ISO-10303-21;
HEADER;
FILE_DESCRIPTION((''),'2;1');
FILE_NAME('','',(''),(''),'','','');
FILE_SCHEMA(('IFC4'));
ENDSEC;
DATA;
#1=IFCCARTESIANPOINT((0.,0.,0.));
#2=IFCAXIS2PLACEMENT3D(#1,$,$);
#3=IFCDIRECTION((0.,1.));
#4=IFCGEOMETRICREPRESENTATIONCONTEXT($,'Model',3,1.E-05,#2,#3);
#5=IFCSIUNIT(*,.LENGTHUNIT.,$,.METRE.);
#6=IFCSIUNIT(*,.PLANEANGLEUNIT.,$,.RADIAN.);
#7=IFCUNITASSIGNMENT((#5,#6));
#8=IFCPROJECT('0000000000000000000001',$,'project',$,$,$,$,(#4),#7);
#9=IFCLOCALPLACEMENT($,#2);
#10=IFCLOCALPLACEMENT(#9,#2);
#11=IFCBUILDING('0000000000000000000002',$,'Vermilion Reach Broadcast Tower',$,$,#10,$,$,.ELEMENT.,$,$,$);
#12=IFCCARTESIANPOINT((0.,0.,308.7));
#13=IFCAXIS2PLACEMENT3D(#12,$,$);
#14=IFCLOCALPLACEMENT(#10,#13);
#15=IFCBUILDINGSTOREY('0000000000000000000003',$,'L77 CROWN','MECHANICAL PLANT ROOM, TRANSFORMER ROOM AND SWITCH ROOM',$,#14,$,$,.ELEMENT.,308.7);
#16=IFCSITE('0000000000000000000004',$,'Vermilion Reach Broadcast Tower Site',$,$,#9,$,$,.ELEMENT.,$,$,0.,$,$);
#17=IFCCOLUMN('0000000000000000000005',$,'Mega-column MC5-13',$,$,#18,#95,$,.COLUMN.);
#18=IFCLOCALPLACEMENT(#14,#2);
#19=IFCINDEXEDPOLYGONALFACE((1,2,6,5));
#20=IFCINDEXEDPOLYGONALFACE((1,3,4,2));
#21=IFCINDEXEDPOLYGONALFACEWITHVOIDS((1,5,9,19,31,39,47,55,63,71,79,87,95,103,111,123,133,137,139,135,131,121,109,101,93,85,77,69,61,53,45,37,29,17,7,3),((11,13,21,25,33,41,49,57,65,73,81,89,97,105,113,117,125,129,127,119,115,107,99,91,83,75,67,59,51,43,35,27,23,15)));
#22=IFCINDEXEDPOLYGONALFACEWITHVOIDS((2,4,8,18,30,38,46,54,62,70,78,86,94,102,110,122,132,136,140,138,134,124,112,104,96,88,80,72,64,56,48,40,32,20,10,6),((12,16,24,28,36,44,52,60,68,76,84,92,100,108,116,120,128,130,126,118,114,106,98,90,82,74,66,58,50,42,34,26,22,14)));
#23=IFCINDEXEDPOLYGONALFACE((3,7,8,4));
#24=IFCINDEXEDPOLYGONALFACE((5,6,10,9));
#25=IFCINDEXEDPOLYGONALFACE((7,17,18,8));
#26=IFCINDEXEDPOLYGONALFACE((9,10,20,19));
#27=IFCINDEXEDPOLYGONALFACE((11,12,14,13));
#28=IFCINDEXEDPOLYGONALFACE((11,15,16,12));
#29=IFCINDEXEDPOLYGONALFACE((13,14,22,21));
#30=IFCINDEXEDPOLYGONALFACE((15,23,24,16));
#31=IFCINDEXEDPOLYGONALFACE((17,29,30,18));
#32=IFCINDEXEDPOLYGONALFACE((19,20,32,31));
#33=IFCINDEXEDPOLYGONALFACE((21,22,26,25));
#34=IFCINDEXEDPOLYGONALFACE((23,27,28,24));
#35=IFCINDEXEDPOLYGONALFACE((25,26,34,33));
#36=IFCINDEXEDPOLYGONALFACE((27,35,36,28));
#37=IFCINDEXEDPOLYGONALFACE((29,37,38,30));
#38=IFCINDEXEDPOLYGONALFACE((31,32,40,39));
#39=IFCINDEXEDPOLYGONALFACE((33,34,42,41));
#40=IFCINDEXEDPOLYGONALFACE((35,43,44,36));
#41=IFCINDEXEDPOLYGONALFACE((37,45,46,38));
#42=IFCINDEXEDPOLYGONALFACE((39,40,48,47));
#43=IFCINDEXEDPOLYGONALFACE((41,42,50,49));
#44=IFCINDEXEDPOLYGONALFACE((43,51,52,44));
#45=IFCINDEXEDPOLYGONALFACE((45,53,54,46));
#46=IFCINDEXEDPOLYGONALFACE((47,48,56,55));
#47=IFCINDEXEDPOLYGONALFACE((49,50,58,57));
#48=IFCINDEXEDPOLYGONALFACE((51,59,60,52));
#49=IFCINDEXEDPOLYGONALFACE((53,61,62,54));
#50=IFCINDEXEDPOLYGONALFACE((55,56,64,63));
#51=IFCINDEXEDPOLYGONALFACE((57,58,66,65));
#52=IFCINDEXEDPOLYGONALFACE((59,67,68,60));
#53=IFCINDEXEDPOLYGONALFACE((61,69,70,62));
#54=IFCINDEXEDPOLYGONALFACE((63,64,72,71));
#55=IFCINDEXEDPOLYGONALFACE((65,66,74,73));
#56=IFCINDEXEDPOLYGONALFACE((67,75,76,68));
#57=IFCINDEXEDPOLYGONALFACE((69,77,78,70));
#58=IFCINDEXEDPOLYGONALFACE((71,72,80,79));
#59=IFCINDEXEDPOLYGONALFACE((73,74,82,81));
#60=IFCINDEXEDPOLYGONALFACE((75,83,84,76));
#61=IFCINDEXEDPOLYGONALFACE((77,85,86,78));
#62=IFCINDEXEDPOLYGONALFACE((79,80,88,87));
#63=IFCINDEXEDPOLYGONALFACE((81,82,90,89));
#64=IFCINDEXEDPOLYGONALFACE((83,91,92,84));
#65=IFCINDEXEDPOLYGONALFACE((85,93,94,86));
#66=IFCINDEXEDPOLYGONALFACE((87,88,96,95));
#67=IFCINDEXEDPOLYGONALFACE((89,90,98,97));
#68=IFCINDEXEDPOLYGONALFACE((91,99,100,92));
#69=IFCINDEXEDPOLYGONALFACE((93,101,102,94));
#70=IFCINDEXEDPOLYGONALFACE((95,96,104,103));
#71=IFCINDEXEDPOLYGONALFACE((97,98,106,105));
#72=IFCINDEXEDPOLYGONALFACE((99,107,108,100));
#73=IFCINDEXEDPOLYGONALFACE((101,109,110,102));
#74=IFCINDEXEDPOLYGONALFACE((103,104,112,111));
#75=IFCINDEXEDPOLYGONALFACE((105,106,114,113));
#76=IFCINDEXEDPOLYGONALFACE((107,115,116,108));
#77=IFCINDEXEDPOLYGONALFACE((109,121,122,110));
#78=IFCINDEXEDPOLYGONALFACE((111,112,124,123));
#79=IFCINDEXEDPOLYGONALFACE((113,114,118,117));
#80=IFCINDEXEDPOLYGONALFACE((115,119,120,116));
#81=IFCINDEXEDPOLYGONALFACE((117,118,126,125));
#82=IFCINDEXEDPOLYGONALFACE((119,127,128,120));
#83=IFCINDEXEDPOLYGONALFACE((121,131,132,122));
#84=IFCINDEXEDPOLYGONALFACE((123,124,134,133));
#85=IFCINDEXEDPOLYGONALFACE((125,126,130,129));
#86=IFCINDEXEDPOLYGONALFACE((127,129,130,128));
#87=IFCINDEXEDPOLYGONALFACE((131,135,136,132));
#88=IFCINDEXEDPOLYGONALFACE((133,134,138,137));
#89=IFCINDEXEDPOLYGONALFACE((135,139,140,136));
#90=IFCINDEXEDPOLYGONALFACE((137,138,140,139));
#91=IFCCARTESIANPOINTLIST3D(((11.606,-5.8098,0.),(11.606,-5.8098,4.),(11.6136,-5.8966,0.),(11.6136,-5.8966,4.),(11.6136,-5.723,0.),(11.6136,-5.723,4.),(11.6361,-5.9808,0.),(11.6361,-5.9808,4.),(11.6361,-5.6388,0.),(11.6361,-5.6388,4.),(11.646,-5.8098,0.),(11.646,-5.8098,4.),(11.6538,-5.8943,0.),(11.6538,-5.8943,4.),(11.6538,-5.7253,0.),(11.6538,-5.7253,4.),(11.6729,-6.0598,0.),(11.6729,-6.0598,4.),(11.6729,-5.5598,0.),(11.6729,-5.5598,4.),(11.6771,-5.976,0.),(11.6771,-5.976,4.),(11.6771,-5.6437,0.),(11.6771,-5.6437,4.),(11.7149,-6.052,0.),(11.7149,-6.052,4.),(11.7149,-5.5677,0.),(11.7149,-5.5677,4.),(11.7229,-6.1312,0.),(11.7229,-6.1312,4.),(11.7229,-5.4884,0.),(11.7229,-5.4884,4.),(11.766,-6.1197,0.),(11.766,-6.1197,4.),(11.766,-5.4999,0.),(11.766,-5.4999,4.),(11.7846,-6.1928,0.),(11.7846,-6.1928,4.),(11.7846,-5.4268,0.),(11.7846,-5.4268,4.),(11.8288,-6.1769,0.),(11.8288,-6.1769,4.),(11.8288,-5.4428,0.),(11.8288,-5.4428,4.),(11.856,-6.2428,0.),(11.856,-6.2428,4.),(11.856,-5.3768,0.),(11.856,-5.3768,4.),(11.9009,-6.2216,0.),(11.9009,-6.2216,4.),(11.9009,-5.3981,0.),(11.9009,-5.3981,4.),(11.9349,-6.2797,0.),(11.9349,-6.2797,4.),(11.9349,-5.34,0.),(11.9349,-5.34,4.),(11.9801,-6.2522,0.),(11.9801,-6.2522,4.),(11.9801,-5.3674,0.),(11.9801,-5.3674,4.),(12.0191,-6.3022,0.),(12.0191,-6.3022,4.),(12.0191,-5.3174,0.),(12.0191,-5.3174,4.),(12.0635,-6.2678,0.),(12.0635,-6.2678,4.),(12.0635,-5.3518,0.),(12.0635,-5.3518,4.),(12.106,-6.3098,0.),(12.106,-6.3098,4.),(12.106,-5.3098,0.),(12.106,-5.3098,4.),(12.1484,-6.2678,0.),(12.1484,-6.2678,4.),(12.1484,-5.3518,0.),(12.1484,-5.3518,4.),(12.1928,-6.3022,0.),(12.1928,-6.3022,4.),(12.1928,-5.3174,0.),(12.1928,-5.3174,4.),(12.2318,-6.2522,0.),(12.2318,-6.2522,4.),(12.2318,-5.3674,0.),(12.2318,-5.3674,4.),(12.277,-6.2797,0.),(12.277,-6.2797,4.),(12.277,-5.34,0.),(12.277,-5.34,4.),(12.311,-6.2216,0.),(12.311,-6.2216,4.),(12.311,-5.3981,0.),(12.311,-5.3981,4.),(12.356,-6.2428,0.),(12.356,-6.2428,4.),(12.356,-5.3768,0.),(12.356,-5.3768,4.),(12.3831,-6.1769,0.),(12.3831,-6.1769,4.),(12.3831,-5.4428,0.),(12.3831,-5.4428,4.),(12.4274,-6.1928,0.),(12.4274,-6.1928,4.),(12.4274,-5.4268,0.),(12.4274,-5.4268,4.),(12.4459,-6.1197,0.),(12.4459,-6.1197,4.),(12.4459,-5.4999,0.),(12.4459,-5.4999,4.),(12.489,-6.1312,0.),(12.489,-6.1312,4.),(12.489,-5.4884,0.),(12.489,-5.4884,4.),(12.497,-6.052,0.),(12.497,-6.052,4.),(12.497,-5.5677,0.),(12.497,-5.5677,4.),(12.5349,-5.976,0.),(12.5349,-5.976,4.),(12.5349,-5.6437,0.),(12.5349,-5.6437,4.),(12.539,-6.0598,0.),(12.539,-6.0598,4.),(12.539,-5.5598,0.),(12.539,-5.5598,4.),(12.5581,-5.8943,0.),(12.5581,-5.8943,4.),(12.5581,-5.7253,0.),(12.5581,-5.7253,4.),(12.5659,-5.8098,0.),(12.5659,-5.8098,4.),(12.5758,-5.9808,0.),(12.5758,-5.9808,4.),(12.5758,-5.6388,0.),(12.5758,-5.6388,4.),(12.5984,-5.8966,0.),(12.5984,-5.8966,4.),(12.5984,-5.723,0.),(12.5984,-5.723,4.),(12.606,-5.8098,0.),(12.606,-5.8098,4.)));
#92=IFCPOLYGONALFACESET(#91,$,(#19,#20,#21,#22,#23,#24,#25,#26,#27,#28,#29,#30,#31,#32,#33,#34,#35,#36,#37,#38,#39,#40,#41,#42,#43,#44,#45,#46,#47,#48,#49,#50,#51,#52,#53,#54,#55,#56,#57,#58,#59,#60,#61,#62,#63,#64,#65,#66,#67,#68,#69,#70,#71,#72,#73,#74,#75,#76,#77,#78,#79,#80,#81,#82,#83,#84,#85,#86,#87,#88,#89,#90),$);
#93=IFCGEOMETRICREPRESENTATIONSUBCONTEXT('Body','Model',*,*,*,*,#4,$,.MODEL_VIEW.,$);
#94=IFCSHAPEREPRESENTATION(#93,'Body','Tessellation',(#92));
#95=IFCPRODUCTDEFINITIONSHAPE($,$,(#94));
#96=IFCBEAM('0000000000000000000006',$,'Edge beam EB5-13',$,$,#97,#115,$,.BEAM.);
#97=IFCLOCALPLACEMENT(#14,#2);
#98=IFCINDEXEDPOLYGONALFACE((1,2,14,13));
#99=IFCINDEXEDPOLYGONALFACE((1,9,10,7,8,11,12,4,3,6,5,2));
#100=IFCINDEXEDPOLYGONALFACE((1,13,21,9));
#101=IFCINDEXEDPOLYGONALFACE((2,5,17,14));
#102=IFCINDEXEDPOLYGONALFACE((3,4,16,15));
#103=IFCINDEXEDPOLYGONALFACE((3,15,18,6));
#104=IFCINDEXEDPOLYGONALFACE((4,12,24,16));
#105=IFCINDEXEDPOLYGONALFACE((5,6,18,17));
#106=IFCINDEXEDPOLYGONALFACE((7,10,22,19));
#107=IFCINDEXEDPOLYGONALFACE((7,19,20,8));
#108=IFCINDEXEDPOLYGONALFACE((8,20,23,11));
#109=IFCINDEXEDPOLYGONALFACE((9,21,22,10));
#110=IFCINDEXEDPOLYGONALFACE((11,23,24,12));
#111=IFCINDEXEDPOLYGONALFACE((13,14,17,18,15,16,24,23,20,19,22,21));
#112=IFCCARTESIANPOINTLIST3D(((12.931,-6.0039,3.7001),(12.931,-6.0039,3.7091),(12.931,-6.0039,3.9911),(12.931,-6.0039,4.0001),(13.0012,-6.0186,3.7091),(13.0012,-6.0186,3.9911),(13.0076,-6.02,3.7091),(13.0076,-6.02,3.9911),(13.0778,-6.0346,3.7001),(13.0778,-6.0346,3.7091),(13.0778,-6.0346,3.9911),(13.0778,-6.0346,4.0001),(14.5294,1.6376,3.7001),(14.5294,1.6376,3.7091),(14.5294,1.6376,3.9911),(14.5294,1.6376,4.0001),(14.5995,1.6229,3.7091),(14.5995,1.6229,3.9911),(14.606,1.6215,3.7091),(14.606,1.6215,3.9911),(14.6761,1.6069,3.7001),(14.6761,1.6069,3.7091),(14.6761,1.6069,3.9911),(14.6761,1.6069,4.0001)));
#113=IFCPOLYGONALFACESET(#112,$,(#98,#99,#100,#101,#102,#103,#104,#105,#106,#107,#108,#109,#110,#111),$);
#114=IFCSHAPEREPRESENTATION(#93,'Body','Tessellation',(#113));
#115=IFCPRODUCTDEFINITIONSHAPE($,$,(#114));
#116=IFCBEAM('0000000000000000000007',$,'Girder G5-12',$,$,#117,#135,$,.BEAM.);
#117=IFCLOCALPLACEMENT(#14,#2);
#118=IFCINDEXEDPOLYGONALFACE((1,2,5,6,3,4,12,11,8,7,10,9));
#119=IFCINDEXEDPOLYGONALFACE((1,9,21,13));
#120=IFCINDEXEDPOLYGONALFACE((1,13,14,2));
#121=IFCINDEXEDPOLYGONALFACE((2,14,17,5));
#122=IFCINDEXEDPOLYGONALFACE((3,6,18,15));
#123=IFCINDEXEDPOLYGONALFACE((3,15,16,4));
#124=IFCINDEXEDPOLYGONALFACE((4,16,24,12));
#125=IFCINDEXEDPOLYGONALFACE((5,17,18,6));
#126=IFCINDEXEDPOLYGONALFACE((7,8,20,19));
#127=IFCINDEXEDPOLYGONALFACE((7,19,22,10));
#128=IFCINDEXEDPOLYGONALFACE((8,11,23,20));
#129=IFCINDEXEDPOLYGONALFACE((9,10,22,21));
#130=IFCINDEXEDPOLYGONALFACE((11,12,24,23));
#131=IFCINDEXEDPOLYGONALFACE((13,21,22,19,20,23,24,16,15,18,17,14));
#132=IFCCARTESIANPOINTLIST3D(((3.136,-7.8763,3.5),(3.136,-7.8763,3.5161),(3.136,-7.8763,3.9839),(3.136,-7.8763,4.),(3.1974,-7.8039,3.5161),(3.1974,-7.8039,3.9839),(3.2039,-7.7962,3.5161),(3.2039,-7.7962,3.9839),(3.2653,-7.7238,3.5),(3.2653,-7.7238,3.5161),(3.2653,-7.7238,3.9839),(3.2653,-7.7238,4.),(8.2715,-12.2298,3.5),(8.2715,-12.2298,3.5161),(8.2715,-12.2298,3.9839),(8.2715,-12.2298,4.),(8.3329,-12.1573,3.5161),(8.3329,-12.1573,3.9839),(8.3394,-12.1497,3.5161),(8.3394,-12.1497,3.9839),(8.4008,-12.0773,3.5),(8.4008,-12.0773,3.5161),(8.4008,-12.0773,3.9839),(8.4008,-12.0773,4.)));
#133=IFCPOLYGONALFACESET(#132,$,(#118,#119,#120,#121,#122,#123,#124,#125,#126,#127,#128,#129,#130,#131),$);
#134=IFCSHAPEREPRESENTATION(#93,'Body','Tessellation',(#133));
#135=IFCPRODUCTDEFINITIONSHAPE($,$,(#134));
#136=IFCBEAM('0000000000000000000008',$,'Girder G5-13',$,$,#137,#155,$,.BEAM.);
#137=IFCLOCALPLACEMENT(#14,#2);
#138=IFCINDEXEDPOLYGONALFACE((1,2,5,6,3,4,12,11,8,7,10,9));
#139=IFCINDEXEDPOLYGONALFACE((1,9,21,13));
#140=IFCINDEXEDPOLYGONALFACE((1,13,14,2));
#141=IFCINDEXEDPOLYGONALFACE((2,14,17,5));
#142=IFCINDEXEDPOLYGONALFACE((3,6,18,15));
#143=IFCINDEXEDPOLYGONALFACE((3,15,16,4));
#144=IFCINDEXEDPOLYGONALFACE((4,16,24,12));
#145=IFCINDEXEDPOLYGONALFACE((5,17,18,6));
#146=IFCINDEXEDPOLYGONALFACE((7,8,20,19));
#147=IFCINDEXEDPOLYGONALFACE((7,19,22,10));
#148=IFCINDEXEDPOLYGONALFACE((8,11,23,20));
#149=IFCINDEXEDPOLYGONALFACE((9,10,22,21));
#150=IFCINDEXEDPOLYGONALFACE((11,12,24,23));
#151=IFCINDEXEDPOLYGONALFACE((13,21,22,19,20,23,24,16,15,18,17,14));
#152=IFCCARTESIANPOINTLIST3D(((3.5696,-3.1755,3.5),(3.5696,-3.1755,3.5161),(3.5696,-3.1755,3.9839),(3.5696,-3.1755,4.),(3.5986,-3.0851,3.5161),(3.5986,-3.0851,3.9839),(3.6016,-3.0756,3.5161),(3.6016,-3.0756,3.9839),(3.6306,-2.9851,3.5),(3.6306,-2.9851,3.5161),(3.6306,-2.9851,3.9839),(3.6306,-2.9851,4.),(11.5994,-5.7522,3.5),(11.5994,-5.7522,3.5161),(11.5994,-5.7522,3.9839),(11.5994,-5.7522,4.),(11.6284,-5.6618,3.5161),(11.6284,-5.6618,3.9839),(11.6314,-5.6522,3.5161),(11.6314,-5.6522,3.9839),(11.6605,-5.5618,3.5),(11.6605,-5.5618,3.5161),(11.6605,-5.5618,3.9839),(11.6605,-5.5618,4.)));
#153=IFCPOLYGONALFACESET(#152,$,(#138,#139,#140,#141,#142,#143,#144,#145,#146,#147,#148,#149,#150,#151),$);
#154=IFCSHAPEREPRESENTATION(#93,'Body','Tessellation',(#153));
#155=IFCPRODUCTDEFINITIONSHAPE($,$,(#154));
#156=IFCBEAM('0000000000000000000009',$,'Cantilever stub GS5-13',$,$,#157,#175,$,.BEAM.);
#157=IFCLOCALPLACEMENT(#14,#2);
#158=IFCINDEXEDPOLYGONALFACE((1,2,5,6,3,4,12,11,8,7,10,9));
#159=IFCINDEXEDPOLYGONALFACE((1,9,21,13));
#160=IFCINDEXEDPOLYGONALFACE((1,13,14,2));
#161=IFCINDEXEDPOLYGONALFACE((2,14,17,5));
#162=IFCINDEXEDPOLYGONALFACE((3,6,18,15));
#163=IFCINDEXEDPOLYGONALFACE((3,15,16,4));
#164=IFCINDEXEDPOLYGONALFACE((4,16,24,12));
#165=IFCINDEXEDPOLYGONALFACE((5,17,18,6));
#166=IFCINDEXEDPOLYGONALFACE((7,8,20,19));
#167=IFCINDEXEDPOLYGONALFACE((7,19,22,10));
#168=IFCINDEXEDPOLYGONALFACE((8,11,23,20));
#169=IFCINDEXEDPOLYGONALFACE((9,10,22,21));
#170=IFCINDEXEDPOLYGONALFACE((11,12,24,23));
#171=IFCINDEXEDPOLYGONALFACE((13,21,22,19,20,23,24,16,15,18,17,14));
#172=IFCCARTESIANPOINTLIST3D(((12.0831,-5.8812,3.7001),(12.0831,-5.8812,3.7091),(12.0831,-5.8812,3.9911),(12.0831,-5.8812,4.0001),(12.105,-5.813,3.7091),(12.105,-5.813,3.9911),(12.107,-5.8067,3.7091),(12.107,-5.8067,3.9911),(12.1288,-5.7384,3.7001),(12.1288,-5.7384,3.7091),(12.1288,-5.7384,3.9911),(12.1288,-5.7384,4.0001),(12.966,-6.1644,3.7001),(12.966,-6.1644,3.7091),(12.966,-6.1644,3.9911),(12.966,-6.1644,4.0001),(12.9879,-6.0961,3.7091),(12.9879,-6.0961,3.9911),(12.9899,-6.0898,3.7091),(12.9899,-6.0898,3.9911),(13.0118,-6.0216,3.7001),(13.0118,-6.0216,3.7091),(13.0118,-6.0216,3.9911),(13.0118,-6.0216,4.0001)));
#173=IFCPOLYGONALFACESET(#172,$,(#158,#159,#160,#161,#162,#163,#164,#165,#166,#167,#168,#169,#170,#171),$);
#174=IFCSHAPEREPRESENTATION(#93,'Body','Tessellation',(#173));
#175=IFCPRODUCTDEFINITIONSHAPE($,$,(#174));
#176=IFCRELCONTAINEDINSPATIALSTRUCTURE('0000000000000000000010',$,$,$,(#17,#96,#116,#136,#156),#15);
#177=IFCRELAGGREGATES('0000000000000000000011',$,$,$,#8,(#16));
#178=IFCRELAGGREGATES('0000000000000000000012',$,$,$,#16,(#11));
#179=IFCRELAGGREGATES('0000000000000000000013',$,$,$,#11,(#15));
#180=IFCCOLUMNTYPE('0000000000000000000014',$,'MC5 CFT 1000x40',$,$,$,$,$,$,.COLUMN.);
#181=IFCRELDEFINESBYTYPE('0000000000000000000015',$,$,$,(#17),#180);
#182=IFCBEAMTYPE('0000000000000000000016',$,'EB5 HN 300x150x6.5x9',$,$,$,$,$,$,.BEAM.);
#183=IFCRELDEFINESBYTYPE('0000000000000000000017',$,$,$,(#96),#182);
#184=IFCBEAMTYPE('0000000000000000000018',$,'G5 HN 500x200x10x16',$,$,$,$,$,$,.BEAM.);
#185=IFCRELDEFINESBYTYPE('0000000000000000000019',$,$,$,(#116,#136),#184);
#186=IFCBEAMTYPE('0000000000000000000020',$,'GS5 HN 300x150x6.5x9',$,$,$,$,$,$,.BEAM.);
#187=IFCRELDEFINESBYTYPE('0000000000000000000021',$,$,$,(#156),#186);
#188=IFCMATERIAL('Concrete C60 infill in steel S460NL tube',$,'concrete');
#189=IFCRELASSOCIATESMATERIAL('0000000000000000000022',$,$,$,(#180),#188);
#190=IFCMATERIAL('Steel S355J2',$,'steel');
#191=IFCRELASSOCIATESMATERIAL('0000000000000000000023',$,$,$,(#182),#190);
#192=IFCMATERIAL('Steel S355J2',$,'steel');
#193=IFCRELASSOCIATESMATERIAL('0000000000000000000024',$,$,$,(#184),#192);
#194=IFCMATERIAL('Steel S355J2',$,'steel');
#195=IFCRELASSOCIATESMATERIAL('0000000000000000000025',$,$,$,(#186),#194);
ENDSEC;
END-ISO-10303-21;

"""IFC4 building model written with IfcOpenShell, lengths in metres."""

from ifc_helpers import new_model, si_unit, direction, frame, origin, origin_2d, place, context, subcontext, project, spatial, hollow_circle, i_section, extrude, material, material_profile, profile_set, type_object, element, save


model = new_model("IFC4")

# Units and contexts
model_context = context("Model", 3, precision=1e-05, world=origin(), true_north=direction((0.0, 1.0)))
body_context = subcontext(model_context, "Body", "Model", "MODEL_VIEW")
ifc_project = project(units=[si_unit("LENGTHUNIT", "METRE"), si_unit("PLANEANGLEUNIT", "RADIAN")], contexts=[model_context])

# Site, building, storey
site_placement = place(None, origin())
site = spatial("IfcSite", under=ifc_project, at=site_placement, Name="Vermilion Reach Broadcast Tower Site", CompositionType="ELEMENT", RefElevation=0.0)
building_placement = place(site_placement, origin())
building = spatial("IfcBuilding", under=site, at=building_placement, Name="Vermilion Reach Broadcast Tower", CompositionType="ELEMENT")
storey_placement = place(building_placement, frame((0.0, 0.0, 308.7)))
storey = spatial("IfcBuildingStorey", under=building, at=storey_placement, Name="L77 CROWN", Description="MECHANICAL PLANT ROOM, TRANSFORMER ROOM AND SWITCH ROOM", CompositionType="ELEMENT", Elevation=308.7)

# Column
ifc_material_1 = material(Name="Concrete C60 infill in steel S460NL tube", Category="concrete")
ifc_material_profile_1 = material_profile(ifc_material_1, hollow_circle(Radius=0.5, WallThickness=0.04, at=origin_2d()), Name="Concrete C60 infill in steel S460NL tube CFT 1000x40")
ifc_profile_set_1 = profile_set([ifc_material_profile_1], Name="Concrete C60 infill in steel S460NL tube")
column_type = type_object("IfcColumnType", Name="MC5 CFT 1000x40", PredefinedType="COLUMN", material=ifc_profile_set_1)
column_placement = place(storey_placement, frame((12.106, -5.8098, 0.0), z_axis=(0.0, 0.0, 1.0), x_axis=(1.0, 0.0, 0.0)))
element("IfcColumn", 1, at=column_placement, inside=storey, type_object=column_type, Name="Mega-column MC5-13", PredefinedType="COLUMN", context=body_context, shape_type="SweptSolid", body=[
    extrude(hollow_circle(Radius=0.5, WallThickness=0.04, at=origin_2d()), origin(), (0.0, 0.0, 1.0), 4.0),
])

# Beams
ifc_material_2 = material(Name="Steel S355J2", Category="steel")
ifc_material_profile_2 = material_profile(ifc_material_2, i_section(OverallWidth=0.1499, OverallDepth=0.3, WebThickness=0.0066, FlangeThickness=0.009, at=origin_2d()), Name="S355J2 HN 300x150x6.5x9")
ifc_profile_set_2 = profile_set([ifc_material_profile_2], Name="Steel S355J2")
beam_type_1 = type_object("IfcBeamType", Name="EB5 HN 300x150x6.5x9", PredefinedType="BEAM", material=ifc_profile_set_2)
beam_1_placement = place(storey_placement, frame((13.0044, -6.0193, 3.8501), z_axis=(0.204738, 0.978817, 0.0), x_axis=(-0.978817, 0.204738, 0.0)))
element("IfcBeam", 2, at=beam_1_placement, inside=storey, type_object=beam_type_1, Name="Edge beam EB5-13", PredefinedType="BEAM", context=body_context, shape_type="SweptSolid", body=[
    extrude(i_section(OverallWidth=0.1499, OverallDepth=0.3, WebThickness=0.0066, FlangeThickness=0.009, at=origin_2d()), origin(), (0.0, 0.0, 1.0), 7.8069),
])
ifc_material_3 = material(Name="Steel S355J2", Category="steel")
ifc_material_profile_3 = material_profile(ifc_material_3, i_section(OverallWidth=0.2, OverallDepth=0.5, WebThickness=0.01, FlangeThickness=0.0161, at=origin_2d()), Name="S355J2 HN 500x200x10x16")
ifc_profile_set_3 = profile_set([ifc_material_profile_3], Name="Steel S355J2")
beam_type_2 = type_object("IfcBeamType", Name="G5 HN 500x200x10x16", PredefinedType="BEAM", material=ifc_profile_set_3)
beam_2_placement = place(storey_placement, frame((3.2007, -7.8, 3.75), z_axis=(0.762793, -0.646643, 0.0), x_axis=(0.646643, 0.762793, 0.0)))
element("IfcBeam", 3, at=beam_2_placement, inside=storey, type_object=beam_type_2, Name="Girder G5-12", PredefinedType="BEAM", context=body_context, shape_type="SweptSolid", body=[
    extrude(i_section(OverallWidth=0.2, OverallDepth=0.5, WebThickness=0.01, FlangeThickness=0.0161, at=origin_2d()), origin(), (0.0, 0.0, 1.0), 6.7324),
])
beam_3_placement = place(storey_placement, frame((3.6001, -3.0803, 3.75), z_axis=(0.952178, -0.305542, 0.0), x_axis=(0.305542, 0.952178, 0.0)))
element("IfcBeam", 4, at=beam_3_placement, inside=storey, type_object=beam_type_2, Name="Girder G5-13", PredefinedType="BEAM", context=body_context, shape_type="SweptSolid", body=[
    extrude(i_section(OverallWidth=0.2, OverallDepth=0.5, WebThickness=0.01, FlangeThickness=0.0161, at=origin_2d()), origin(), (0.0, 0.0, 1.0), 8.4331),
])
ifc_material_4 = material(Name="Steel S355J2", Category="steel")
ifc_material_profile_4 = material_profile(ifc_material_4, i_section(OverallWidth=0.1499, OverallDepth=0.3, WebThickness=0.0066, FlangeThickness=0.009, at=origin_2d()), Name="S355J2 HN 300x150x6.5x9")
ifc_profile_set_4 = profile_set([ifc_material_profile_4], Name="Steel S355J2")
beam_type_3 = type_object("IfcBeamType", Name="GS5 HN 300x150x6.5x9", PredefinedType="BEAM", material=ifc_profile_set_4)
beam_4_placement = place(storey_placement, frame((12.106, -5.8098, 3.8501), z_axis=(0.952228, -0.305387, 0.0), x_axis=(0.305387, 0.952228, 0.0)))
element("IfcBeam", 5, at=beam_4_placement, inside=storey, type_object=beam_type_3, Name="Cantilever stub GS5-13", PredefinedType="BEAM", context=body_context, shape_type="SweptSolid", body=[
    extrude(i_section(OverallWidth=0.1499, OverallDepth=0.3, WebThickness=0.0066, FlangeThickness=0.009, at=origin_2d()), origin(), (0.0, 0.0, 1.0), 0.9272),
])

save(model, "model.ifc")
